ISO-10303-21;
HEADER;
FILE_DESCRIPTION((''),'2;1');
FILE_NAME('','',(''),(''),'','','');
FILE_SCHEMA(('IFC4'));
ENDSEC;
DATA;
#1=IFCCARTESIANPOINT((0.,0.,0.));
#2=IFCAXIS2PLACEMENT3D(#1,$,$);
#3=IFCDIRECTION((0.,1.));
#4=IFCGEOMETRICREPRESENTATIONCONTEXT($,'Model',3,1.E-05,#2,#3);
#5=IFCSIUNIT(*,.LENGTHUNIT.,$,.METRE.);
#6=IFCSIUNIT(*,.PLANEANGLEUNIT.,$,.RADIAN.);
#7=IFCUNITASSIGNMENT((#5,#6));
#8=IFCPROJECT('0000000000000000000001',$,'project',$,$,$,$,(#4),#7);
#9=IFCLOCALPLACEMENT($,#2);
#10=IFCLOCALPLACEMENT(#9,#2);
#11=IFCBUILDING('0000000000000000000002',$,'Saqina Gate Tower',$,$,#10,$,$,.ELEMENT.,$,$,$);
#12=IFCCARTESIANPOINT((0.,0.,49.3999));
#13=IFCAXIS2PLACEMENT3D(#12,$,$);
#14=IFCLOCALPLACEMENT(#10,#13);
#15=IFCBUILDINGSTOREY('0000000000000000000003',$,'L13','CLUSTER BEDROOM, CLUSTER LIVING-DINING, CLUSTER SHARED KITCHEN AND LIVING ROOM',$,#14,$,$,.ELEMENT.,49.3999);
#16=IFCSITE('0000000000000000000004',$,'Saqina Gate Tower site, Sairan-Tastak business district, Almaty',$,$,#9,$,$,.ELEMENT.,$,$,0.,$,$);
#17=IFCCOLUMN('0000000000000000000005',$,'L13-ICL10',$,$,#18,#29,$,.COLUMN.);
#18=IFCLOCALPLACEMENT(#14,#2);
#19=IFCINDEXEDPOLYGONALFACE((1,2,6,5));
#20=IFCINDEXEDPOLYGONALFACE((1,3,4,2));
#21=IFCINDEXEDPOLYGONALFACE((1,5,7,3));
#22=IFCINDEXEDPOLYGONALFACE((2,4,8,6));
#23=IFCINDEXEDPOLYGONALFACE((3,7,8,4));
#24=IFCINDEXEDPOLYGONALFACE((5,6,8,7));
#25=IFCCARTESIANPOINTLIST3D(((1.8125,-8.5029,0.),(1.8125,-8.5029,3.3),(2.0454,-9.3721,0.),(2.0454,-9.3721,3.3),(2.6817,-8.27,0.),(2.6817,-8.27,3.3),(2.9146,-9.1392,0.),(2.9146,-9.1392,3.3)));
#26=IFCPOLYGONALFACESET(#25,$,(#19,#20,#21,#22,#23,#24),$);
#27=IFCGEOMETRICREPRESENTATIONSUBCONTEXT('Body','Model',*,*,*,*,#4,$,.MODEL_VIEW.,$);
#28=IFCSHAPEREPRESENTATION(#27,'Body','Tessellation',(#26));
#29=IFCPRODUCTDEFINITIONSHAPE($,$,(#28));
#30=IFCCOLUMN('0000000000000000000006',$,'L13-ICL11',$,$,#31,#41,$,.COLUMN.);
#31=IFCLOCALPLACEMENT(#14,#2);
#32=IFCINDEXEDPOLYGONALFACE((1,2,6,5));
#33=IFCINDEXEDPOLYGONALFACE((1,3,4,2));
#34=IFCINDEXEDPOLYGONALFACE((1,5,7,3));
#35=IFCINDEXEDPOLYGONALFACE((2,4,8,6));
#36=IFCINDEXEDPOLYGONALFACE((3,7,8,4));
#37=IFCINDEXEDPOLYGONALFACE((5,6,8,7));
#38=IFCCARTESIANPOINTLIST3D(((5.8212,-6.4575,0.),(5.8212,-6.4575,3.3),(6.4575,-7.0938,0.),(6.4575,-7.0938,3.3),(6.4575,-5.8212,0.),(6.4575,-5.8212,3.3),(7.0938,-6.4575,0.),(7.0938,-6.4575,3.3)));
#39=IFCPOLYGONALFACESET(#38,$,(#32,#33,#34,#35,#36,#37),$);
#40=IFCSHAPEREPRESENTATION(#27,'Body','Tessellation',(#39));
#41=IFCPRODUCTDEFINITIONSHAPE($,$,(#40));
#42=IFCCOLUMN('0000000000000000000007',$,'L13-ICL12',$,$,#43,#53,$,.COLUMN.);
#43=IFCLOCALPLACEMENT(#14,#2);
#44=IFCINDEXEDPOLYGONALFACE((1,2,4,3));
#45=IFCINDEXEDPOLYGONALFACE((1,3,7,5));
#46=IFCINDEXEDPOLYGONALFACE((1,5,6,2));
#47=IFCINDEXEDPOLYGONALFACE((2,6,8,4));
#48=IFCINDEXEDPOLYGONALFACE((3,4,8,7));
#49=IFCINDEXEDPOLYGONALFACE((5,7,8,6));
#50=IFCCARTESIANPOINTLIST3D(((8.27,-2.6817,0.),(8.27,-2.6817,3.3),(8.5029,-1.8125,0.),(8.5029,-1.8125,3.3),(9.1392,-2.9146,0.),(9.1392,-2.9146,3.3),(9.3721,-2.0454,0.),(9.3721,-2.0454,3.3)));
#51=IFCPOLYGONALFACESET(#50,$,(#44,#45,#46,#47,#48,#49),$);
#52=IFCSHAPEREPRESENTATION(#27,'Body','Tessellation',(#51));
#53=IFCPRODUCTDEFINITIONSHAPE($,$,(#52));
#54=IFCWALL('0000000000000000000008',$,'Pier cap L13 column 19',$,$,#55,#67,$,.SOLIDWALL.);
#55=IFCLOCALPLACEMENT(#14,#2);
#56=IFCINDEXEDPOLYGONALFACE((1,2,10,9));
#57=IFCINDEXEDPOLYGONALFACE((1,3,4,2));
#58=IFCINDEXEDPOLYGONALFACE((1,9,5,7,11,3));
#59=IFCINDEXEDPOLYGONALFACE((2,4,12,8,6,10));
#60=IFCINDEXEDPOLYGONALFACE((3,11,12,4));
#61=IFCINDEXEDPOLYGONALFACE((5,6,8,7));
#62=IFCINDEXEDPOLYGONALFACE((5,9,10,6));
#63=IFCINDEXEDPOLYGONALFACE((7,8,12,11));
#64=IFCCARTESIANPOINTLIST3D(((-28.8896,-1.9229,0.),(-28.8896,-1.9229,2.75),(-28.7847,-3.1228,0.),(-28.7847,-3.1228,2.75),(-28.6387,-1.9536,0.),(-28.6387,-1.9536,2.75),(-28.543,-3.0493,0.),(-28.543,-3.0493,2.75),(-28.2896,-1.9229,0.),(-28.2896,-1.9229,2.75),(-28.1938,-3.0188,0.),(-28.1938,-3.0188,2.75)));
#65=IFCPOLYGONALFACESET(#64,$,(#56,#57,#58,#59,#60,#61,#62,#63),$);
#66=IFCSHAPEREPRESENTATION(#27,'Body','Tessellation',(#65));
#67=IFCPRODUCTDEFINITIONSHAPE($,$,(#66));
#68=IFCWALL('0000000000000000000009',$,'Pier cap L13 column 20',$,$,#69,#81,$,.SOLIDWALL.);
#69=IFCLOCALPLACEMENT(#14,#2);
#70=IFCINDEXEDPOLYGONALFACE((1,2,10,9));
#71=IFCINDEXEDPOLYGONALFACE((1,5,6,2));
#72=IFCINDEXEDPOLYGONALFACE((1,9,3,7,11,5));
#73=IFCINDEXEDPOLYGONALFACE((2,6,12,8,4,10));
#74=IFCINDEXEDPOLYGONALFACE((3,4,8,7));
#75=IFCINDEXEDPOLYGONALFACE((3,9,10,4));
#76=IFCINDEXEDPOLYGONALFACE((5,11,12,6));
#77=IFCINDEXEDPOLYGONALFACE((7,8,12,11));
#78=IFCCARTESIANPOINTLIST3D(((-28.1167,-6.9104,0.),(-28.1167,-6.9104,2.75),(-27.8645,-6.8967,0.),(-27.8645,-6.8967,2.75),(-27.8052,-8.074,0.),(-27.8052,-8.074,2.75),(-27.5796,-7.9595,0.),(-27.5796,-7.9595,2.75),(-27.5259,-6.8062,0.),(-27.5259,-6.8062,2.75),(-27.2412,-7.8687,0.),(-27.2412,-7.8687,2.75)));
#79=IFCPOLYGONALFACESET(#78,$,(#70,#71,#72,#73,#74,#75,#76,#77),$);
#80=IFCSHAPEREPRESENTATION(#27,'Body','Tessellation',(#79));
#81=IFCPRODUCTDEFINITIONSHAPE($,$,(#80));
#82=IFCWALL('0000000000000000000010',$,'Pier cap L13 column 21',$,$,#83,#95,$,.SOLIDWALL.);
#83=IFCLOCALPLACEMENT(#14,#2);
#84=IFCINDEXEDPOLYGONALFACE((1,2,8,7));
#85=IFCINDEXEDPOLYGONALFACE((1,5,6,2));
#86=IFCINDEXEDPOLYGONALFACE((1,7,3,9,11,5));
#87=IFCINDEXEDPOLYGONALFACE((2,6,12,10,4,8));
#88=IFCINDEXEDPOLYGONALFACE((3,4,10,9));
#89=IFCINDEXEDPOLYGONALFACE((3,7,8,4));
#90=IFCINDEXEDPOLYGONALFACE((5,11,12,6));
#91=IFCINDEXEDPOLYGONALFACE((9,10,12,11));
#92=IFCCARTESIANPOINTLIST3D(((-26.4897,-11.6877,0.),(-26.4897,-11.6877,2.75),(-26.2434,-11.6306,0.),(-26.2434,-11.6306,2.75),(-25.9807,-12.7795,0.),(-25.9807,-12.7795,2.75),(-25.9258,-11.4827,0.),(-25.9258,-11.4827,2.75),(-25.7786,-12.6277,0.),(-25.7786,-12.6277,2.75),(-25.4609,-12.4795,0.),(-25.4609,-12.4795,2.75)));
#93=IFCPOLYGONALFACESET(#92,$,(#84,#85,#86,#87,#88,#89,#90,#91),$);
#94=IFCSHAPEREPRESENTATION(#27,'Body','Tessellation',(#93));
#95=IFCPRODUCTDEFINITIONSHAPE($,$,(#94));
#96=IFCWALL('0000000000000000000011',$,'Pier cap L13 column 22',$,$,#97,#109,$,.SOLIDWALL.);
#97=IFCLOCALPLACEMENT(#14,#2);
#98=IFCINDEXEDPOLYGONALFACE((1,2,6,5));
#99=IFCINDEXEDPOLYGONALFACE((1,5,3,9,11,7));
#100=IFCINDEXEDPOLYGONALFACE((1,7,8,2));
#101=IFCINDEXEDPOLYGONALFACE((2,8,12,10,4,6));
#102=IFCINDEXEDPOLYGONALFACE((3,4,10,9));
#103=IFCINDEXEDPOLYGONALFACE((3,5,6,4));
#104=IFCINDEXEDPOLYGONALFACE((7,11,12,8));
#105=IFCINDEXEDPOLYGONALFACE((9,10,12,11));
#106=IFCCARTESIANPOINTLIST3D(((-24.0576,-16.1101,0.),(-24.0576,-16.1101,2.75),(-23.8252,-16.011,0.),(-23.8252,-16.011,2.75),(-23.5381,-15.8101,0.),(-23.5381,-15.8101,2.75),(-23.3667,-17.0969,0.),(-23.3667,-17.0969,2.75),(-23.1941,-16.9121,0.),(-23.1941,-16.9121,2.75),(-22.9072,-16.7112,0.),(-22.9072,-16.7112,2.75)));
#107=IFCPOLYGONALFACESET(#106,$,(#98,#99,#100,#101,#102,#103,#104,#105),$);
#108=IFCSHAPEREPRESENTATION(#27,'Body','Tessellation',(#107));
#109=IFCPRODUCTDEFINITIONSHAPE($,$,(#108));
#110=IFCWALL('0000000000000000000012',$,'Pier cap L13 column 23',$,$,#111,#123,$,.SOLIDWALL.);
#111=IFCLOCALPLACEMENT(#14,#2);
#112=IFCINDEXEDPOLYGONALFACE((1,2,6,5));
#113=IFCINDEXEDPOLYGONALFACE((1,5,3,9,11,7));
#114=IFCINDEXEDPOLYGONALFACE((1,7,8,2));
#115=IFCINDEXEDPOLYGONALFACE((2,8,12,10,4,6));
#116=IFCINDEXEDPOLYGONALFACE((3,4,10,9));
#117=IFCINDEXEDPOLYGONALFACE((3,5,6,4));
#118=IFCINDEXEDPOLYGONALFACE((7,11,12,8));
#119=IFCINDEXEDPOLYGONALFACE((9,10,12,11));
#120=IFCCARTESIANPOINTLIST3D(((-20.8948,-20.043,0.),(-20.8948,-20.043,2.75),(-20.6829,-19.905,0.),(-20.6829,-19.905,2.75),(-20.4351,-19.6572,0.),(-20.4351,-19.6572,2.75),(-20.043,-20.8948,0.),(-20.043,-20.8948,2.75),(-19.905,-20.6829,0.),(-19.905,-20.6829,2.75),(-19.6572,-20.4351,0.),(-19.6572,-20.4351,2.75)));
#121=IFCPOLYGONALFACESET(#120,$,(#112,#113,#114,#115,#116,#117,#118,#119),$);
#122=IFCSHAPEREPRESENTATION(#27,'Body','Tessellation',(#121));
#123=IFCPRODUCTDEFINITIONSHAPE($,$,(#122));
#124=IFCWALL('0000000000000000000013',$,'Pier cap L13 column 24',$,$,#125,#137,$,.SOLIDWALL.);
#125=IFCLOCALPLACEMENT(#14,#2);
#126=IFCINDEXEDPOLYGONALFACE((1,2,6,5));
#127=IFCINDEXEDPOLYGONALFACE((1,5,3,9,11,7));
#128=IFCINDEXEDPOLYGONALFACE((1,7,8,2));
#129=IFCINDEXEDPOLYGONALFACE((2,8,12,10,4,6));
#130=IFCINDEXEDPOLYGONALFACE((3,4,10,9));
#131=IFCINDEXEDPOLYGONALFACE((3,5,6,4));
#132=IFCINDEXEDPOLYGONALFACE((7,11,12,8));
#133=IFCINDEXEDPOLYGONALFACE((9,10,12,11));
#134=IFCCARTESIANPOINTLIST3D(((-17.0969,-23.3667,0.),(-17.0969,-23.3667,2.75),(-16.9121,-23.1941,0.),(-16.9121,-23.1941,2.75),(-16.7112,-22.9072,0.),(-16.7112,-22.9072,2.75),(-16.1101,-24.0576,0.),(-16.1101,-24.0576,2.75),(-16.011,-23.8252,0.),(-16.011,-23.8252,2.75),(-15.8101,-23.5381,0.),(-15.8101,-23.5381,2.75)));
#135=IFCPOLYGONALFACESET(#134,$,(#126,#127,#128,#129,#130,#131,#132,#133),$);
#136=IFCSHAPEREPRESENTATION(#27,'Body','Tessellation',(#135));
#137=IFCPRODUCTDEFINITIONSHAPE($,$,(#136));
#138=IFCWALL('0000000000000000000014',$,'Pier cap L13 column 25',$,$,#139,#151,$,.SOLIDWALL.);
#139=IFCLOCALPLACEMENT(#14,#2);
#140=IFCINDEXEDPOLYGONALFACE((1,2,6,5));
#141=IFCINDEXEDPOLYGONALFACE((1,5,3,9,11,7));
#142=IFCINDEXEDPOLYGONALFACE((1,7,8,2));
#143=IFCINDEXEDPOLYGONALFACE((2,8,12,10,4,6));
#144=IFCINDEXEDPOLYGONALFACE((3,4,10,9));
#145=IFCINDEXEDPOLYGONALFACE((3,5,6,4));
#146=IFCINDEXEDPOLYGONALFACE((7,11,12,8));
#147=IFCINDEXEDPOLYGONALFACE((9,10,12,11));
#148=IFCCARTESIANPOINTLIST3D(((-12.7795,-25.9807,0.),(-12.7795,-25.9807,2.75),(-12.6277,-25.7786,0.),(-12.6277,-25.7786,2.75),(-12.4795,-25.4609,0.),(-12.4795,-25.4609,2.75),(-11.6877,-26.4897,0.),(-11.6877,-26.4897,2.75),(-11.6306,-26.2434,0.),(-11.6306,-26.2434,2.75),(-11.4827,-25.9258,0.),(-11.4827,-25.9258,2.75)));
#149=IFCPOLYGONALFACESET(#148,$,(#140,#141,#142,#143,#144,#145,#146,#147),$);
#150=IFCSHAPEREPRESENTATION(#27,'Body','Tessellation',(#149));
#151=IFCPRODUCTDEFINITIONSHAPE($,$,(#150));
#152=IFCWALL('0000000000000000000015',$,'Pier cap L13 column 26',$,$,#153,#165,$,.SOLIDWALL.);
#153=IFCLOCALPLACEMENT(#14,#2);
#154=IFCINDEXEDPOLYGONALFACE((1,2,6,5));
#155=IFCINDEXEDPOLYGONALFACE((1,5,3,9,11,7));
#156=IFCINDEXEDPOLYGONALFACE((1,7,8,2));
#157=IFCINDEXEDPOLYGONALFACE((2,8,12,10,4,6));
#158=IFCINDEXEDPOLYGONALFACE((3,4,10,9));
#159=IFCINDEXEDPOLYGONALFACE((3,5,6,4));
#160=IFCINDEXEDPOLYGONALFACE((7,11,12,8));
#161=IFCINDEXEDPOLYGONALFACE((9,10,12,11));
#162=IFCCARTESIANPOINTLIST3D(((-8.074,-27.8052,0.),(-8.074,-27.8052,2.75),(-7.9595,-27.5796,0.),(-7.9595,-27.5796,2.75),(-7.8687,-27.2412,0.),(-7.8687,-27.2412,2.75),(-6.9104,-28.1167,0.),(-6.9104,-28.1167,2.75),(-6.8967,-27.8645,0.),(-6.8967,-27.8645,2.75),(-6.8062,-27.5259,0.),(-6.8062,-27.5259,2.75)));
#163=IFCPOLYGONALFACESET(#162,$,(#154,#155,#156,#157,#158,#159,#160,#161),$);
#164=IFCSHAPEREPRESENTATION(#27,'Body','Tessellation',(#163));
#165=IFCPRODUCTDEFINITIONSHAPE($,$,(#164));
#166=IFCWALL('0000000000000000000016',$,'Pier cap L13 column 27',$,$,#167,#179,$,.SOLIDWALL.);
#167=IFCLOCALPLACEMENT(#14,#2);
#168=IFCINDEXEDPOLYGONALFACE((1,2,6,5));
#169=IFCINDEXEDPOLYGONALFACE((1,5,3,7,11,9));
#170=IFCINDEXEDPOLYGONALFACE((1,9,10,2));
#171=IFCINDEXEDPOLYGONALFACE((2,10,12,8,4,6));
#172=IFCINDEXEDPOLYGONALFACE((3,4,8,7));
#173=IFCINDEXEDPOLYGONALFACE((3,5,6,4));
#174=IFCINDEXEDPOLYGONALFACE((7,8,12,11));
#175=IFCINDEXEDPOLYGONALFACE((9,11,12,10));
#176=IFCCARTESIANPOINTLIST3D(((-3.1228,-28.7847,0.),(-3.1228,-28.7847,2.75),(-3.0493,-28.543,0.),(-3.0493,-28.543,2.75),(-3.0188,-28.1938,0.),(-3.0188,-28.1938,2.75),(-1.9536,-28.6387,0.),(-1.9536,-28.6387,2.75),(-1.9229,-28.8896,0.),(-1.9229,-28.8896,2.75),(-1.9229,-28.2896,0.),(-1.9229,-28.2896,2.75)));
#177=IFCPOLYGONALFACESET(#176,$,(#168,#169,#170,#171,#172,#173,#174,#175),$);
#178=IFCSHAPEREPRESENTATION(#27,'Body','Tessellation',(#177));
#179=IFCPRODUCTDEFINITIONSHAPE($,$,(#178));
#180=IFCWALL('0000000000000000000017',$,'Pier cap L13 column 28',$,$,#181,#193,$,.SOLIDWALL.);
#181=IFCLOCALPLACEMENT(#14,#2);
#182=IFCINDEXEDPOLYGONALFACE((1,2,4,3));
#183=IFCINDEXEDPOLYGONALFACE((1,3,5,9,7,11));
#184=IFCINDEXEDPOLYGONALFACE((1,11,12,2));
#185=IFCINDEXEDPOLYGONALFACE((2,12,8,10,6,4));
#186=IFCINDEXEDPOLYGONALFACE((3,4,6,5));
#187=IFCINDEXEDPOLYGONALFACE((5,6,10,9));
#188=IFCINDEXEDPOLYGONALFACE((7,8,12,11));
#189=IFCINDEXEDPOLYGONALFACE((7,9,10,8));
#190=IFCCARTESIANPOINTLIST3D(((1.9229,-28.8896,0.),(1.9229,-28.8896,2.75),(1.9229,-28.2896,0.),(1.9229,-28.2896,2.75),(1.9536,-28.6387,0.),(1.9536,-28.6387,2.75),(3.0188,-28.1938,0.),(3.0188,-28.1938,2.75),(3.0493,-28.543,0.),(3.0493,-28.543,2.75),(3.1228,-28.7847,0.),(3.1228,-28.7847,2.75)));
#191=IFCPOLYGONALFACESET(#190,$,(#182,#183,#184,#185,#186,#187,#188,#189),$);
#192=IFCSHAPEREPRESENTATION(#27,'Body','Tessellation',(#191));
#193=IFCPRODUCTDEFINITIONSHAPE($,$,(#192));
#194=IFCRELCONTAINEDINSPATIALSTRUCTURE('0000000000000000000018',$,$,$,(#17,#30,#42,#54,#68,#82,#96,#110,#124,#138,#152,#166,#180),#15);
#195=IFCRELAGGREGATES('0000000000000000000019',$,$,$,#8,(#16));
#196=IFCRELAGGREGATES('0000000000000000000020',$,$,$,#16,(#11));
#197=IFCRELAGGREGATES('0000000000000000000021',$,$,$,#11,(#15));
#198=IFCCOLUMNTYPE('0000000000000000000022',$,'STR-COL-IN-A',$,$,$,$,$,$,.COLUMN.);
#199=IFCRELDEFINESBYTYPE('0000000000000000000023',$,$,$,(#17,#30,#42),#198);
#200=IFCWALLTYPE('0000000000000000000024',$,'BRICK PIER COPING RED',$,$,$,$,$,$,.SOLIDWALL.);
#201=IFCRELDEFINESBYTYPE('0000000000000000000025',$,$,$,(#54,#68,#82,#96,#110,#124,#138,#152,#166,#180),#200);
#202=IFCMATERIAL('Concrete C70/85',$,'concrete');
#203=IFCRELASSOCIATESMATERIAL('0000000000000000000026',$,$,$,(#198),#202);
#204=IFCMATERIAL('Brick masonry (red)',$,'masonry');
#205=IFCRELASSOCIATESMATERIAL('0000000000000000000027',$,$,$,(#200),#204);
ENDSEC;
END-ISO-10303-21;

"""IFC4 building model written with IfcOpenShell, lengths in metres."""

from ifc_helpers import new_model, si_unit, direction, frame, origin, origin_2d, place, context, subcontext, project, spatial, polyline, rectangle, outline, extrude, material, material_profile, profile_set, type_object, element, save


model = new_model("IFC4")

# Units and contexts
model_context = context("Model", 3, precision=1e-05, world=origin(), true_north=direction((0.0, 1.0)))
body_context = subcontext(model_context, "Body", "Model", "MODEL_VIEW")
ifc_project = project(units=[si_unit("LENGTHUNIT", "METRE"), si_unit("PLANEANGLEUNIT", "RADIAN")], contexts=[model_context])

# Site, building, storey
site_placement = place(None, origin())
site = spatial("IfcSite", under=ifc_project, at=site_placement, Name="Saqina Gate Tower site, Sairan-Tastak business district, Almaty", CompositionType="ELEMENT", RefElevation=0.0)
building_placement = place(site_placement, origin())
building = spatial("IfcBuilding", under=site, at=building_placement, Name="Saqina Gate Tower", CompositionType="ELEMENT")
storey_placement = place(building_placement, frame((0.0, 0.0, 49.3999)))
storey = spatial("IfcBuildingStorey", under=building, at=storey_placement, Name="L13", Description="CLUSTER BEDROOM, CLUSTER LIVING-DINING, CLUSTER SHARED KITCHEN AND LIVING ROOM", CompositionType="ELEMENT", Elevation=49.3999)

# Columns
ifc_material_1 = material(Name="Concrete C70/85", Category="concrete")
ifc_material_profile = material_profile(ifc_material_1, rectangle(XDim=0.8999, YDim=0.8999, at=origin_2d()), Name="RC 900x900")
ifc_profile_set = profile_set([ifc_material_profile], Name="Concrete C70/85")
column_type = type_object("IfcColumnType", Name="STR-COL-IN-A", PredefinedType="COLUMN", material=ifc_profile_set)
for number, where, z_axis, x_axis, name in (
    (1, (2.3635, -8.821, 0.0), (0.0, 0.0, 1.0), (0.258819, -0.965926, 0.0), "L13-ICL10"),
    (2, (6.4575, -6.4575, 0.0), (0.0, 0.0, 1.0), (0.707107, -0.707107, 0.0), "L13-ICL11"),
    (3, (8.821, -2.3635, 0.0), (0.0, 0.0, 1.0), (0.965926, -0.258819, 0.0), "L13-ICL12"),
):
    element("IfcColumn", number, at=place(storey_placement, frame(where, z_axis=z_axis, x_axis=x_axis)), inside=storey, type_object=column_type, Name=name, PredefinedType="COLUMN", context=body_context, shape_type="SweptSolid", body=[
        extrude(rectangle(XDim=0.8999, YDim=0.8999, at=origin_2d()), origin(), (0.0, 0.0, 1.0), 3.3),
    ])

# Walls
ifc_material_2 = material(Name="Brick masonry (red)", Category="masonry")
wall_type_1 = type_object("IfcWallType", Name="BRICK PIER COPING RED", PredefinedType="SOLIDWALL", material=ifc_material_2)
wall_1_placement = place(storey_placement, origin())
element("IfcWall", 4, at=wall_1_placement, inside=storey, type_object=wall_type_1, Name="Pier cap L13 column 19", PredefinedType="SOLIDWALL", context=body_context, shape_type="SweptSolid", body=[
    extrude(outline(polyline([(-28.8896, -1.9229), (-28.7847, -3.1228), (-28.1938, -3.0188), (-28.543, -3.0493), (-28.6387, -1.9536), (-28.2896, -1.9229), (-28.8896, -1.9229)])), origin(), (0.0, 0.0, 1.0), 2.75),
])
wall_2_placement = place(storey_placement, origin())
element("IfcWall", 5, at=wall_2_placement, inside=storey, type_object=wall_type_1, Name="Pier cap L13 column 20", PredefinedType="SOLIDWALL", context=body_context, shape_type="SweptSolid", body=[
    extrude(outline(polyline([(-28.1167, -6.9104), (-27.8052, -8.074), (-27.2412, -7.8687), (-27.5796, -7.9595), (-27.8645, -6.8967), (-27.5259, -6.8062), (-28.1167, -6.9104)])), origin(), (0.0, 0.0, 1.0), 2.75),
])
wall_3_placement = place(storey_placement, origin())
element("IfcWall", 6, at=wall_3_placement, inside=storey, type_object=wall_type_1, Name="Pier cap L13 column 21", PredefinedType="SOLIDWALL", context=body_context, shape_type="SweptSolid", body=[
    extrude(outline(polyline([(-25.9807, -12.7795), (-25.4609, -12.4795), (-25.7786, -12.6277), (-26.2434, -11.6306), (-25.9258, -11.4827), (-26.4897, -11.6877), (-25.9807, -12.7795)])), origin(), (0.0, 0.0, 1.0), 2.75),
])
wall_4_placement = place(storey_placement, origin())
element("IfcWall", 7, at=wall_4_placement, inside=storey, type_object=wall_type_1, Name="Pier cap L13 column 22", PredefinedType="SOLIDWALL", context=body_context, shape_type="SweptSolid", body=[
    extrude(outline(polyline([(-24.0576, -16.1101), (-23.3667, -17.0969), (-22.9072, -16.7112), (-23.1941, -16.9121), (-23.8252, -16.011), (-23.5381, -15.8101), (-24.0576, -16.1101)])), origin(), (0.0, 0.0, 1.0), 2.75),
])
wall_5_placement = place(storey_placement, origin())
element("IfcWall", 8, at=wall_5_placement, inside=storey, type_object=wall_type_1, Name="Pier cap L13 column 23", PredefinedType="SOLIDWALL", context=body_context, shape_type="SweptSolid", body=[
    extrude(outline(polyline([(-20.043, -20.8948), (-19.6572, -20.4351), (-19.905, -20.6829), (-20.6829, -19.905), (-20.4351, -19.6572), (-20.8948, -20.043), (-20.043, -20.8948)])), origin(), (0.0, 0.0, 1.0), 2.75),
])
wall_6_placement = place(storey_placement, origin())
element("IfcWall", 9, at=wall_6_placement, inside=storey, type_object=wall_type_1, Name="Pier cap L13 column 24", PredefinedType="SOLIDWALL", context=body_context, shape_type="SweptSolid", body=[
    extrude(outline(polyline([(-17.0969, -23.3667), (-16.1101, -24.0576), (-15.8101, -23.5381), (-16.011, -23.8252), (-16.9121, -23.1941), (-16.7112, -22.9072), (-17.0969, -23.3667)])), origin(), (0.0, 0.0, 1.0), 2.75),
])
wall_7_placement = place(storey_placement, origin())
element("IfcWall", 10, at=wall_7_placement, inside=storey, type_object=wall_type_1, Name="Pier cap L13 column 25", PredefinedType="SOLIDWALL", context=body_context, shape_type="SweptSolid", body=[
    extrude(outline(polyline([(-11.6877, -26.4897), (-11.4827, -25.9258), (-11.6306, -26.2434), (-12.6277, -25.7786), (-12.4795, -25.4609), (-12.7795, -25.9807), (-11.6877, -26.4897)])), origin(), (0.0, 0.0, 1.0), 2.75),
])
wall_8_placement = place(storey_placement, origin())
element("IfcWall", 11, at=wall_8_placement, inside=storey, type_object=wall_type_1, Name="Pier cap L13 column 26", PredefinedType="SOLIDWALL", context=body_context, shape_type="SweptSolid", body=[
    extrude(outline(polyline([(-6.9104, -28.1167), (-6.8062, -27.5259), (-6.8967, -27.8645), (-7.9595, -27.5796), (-7.8687, -27.2412), (-8.074, -27.8052), (-6.9104, -28.1167)])), origin(), (0.0, 0.0, 1.0), 2.75),
])
wall_9_placement = place(storey_placement, origin())
element("IfcWall", 12, at=wall_9_placement, inside=storey, type_object=wall_type_1, Name="Pier cap L13 column 27", PredefinedType="SOLIDWALL", context=body_context, shape_type="SweptSolid", body=[
    extrude(outline(polyline([(-3.1228, -28.7847), (-1.9229, -28.8896), (-1.9229, -28.2896), (-1.9536, -28.6387), (-3.0493, -28.543), (-3.0188, -28.1938), (-3.1228, -28.7847)])), origin(), (0.0, 0.0, 1.0), 2.75),
])
wall_10_placement = place(storey_placement, origin())
element("IfcWall", 13, at=wall_10_placement, inside=storey, type_object=wall_type_1, Name="Pier cap L13 column 28", PredefinedType="SOLIDWALL", context=body_context, shape_type="SweptSolid", body=[
    extrude(outline(polyline([(1.9229, -28.8896), (3.1228, -28.7847), (3.0188, -28.1938), (3.0493, -28.543), (1.9536, -28.6387), (1.9229, -28.2896), (1.9229, -28.8896)])), origin(), (0.0, 0.0, 1.0), 2.75),
])

save(model, "model.ifc")
